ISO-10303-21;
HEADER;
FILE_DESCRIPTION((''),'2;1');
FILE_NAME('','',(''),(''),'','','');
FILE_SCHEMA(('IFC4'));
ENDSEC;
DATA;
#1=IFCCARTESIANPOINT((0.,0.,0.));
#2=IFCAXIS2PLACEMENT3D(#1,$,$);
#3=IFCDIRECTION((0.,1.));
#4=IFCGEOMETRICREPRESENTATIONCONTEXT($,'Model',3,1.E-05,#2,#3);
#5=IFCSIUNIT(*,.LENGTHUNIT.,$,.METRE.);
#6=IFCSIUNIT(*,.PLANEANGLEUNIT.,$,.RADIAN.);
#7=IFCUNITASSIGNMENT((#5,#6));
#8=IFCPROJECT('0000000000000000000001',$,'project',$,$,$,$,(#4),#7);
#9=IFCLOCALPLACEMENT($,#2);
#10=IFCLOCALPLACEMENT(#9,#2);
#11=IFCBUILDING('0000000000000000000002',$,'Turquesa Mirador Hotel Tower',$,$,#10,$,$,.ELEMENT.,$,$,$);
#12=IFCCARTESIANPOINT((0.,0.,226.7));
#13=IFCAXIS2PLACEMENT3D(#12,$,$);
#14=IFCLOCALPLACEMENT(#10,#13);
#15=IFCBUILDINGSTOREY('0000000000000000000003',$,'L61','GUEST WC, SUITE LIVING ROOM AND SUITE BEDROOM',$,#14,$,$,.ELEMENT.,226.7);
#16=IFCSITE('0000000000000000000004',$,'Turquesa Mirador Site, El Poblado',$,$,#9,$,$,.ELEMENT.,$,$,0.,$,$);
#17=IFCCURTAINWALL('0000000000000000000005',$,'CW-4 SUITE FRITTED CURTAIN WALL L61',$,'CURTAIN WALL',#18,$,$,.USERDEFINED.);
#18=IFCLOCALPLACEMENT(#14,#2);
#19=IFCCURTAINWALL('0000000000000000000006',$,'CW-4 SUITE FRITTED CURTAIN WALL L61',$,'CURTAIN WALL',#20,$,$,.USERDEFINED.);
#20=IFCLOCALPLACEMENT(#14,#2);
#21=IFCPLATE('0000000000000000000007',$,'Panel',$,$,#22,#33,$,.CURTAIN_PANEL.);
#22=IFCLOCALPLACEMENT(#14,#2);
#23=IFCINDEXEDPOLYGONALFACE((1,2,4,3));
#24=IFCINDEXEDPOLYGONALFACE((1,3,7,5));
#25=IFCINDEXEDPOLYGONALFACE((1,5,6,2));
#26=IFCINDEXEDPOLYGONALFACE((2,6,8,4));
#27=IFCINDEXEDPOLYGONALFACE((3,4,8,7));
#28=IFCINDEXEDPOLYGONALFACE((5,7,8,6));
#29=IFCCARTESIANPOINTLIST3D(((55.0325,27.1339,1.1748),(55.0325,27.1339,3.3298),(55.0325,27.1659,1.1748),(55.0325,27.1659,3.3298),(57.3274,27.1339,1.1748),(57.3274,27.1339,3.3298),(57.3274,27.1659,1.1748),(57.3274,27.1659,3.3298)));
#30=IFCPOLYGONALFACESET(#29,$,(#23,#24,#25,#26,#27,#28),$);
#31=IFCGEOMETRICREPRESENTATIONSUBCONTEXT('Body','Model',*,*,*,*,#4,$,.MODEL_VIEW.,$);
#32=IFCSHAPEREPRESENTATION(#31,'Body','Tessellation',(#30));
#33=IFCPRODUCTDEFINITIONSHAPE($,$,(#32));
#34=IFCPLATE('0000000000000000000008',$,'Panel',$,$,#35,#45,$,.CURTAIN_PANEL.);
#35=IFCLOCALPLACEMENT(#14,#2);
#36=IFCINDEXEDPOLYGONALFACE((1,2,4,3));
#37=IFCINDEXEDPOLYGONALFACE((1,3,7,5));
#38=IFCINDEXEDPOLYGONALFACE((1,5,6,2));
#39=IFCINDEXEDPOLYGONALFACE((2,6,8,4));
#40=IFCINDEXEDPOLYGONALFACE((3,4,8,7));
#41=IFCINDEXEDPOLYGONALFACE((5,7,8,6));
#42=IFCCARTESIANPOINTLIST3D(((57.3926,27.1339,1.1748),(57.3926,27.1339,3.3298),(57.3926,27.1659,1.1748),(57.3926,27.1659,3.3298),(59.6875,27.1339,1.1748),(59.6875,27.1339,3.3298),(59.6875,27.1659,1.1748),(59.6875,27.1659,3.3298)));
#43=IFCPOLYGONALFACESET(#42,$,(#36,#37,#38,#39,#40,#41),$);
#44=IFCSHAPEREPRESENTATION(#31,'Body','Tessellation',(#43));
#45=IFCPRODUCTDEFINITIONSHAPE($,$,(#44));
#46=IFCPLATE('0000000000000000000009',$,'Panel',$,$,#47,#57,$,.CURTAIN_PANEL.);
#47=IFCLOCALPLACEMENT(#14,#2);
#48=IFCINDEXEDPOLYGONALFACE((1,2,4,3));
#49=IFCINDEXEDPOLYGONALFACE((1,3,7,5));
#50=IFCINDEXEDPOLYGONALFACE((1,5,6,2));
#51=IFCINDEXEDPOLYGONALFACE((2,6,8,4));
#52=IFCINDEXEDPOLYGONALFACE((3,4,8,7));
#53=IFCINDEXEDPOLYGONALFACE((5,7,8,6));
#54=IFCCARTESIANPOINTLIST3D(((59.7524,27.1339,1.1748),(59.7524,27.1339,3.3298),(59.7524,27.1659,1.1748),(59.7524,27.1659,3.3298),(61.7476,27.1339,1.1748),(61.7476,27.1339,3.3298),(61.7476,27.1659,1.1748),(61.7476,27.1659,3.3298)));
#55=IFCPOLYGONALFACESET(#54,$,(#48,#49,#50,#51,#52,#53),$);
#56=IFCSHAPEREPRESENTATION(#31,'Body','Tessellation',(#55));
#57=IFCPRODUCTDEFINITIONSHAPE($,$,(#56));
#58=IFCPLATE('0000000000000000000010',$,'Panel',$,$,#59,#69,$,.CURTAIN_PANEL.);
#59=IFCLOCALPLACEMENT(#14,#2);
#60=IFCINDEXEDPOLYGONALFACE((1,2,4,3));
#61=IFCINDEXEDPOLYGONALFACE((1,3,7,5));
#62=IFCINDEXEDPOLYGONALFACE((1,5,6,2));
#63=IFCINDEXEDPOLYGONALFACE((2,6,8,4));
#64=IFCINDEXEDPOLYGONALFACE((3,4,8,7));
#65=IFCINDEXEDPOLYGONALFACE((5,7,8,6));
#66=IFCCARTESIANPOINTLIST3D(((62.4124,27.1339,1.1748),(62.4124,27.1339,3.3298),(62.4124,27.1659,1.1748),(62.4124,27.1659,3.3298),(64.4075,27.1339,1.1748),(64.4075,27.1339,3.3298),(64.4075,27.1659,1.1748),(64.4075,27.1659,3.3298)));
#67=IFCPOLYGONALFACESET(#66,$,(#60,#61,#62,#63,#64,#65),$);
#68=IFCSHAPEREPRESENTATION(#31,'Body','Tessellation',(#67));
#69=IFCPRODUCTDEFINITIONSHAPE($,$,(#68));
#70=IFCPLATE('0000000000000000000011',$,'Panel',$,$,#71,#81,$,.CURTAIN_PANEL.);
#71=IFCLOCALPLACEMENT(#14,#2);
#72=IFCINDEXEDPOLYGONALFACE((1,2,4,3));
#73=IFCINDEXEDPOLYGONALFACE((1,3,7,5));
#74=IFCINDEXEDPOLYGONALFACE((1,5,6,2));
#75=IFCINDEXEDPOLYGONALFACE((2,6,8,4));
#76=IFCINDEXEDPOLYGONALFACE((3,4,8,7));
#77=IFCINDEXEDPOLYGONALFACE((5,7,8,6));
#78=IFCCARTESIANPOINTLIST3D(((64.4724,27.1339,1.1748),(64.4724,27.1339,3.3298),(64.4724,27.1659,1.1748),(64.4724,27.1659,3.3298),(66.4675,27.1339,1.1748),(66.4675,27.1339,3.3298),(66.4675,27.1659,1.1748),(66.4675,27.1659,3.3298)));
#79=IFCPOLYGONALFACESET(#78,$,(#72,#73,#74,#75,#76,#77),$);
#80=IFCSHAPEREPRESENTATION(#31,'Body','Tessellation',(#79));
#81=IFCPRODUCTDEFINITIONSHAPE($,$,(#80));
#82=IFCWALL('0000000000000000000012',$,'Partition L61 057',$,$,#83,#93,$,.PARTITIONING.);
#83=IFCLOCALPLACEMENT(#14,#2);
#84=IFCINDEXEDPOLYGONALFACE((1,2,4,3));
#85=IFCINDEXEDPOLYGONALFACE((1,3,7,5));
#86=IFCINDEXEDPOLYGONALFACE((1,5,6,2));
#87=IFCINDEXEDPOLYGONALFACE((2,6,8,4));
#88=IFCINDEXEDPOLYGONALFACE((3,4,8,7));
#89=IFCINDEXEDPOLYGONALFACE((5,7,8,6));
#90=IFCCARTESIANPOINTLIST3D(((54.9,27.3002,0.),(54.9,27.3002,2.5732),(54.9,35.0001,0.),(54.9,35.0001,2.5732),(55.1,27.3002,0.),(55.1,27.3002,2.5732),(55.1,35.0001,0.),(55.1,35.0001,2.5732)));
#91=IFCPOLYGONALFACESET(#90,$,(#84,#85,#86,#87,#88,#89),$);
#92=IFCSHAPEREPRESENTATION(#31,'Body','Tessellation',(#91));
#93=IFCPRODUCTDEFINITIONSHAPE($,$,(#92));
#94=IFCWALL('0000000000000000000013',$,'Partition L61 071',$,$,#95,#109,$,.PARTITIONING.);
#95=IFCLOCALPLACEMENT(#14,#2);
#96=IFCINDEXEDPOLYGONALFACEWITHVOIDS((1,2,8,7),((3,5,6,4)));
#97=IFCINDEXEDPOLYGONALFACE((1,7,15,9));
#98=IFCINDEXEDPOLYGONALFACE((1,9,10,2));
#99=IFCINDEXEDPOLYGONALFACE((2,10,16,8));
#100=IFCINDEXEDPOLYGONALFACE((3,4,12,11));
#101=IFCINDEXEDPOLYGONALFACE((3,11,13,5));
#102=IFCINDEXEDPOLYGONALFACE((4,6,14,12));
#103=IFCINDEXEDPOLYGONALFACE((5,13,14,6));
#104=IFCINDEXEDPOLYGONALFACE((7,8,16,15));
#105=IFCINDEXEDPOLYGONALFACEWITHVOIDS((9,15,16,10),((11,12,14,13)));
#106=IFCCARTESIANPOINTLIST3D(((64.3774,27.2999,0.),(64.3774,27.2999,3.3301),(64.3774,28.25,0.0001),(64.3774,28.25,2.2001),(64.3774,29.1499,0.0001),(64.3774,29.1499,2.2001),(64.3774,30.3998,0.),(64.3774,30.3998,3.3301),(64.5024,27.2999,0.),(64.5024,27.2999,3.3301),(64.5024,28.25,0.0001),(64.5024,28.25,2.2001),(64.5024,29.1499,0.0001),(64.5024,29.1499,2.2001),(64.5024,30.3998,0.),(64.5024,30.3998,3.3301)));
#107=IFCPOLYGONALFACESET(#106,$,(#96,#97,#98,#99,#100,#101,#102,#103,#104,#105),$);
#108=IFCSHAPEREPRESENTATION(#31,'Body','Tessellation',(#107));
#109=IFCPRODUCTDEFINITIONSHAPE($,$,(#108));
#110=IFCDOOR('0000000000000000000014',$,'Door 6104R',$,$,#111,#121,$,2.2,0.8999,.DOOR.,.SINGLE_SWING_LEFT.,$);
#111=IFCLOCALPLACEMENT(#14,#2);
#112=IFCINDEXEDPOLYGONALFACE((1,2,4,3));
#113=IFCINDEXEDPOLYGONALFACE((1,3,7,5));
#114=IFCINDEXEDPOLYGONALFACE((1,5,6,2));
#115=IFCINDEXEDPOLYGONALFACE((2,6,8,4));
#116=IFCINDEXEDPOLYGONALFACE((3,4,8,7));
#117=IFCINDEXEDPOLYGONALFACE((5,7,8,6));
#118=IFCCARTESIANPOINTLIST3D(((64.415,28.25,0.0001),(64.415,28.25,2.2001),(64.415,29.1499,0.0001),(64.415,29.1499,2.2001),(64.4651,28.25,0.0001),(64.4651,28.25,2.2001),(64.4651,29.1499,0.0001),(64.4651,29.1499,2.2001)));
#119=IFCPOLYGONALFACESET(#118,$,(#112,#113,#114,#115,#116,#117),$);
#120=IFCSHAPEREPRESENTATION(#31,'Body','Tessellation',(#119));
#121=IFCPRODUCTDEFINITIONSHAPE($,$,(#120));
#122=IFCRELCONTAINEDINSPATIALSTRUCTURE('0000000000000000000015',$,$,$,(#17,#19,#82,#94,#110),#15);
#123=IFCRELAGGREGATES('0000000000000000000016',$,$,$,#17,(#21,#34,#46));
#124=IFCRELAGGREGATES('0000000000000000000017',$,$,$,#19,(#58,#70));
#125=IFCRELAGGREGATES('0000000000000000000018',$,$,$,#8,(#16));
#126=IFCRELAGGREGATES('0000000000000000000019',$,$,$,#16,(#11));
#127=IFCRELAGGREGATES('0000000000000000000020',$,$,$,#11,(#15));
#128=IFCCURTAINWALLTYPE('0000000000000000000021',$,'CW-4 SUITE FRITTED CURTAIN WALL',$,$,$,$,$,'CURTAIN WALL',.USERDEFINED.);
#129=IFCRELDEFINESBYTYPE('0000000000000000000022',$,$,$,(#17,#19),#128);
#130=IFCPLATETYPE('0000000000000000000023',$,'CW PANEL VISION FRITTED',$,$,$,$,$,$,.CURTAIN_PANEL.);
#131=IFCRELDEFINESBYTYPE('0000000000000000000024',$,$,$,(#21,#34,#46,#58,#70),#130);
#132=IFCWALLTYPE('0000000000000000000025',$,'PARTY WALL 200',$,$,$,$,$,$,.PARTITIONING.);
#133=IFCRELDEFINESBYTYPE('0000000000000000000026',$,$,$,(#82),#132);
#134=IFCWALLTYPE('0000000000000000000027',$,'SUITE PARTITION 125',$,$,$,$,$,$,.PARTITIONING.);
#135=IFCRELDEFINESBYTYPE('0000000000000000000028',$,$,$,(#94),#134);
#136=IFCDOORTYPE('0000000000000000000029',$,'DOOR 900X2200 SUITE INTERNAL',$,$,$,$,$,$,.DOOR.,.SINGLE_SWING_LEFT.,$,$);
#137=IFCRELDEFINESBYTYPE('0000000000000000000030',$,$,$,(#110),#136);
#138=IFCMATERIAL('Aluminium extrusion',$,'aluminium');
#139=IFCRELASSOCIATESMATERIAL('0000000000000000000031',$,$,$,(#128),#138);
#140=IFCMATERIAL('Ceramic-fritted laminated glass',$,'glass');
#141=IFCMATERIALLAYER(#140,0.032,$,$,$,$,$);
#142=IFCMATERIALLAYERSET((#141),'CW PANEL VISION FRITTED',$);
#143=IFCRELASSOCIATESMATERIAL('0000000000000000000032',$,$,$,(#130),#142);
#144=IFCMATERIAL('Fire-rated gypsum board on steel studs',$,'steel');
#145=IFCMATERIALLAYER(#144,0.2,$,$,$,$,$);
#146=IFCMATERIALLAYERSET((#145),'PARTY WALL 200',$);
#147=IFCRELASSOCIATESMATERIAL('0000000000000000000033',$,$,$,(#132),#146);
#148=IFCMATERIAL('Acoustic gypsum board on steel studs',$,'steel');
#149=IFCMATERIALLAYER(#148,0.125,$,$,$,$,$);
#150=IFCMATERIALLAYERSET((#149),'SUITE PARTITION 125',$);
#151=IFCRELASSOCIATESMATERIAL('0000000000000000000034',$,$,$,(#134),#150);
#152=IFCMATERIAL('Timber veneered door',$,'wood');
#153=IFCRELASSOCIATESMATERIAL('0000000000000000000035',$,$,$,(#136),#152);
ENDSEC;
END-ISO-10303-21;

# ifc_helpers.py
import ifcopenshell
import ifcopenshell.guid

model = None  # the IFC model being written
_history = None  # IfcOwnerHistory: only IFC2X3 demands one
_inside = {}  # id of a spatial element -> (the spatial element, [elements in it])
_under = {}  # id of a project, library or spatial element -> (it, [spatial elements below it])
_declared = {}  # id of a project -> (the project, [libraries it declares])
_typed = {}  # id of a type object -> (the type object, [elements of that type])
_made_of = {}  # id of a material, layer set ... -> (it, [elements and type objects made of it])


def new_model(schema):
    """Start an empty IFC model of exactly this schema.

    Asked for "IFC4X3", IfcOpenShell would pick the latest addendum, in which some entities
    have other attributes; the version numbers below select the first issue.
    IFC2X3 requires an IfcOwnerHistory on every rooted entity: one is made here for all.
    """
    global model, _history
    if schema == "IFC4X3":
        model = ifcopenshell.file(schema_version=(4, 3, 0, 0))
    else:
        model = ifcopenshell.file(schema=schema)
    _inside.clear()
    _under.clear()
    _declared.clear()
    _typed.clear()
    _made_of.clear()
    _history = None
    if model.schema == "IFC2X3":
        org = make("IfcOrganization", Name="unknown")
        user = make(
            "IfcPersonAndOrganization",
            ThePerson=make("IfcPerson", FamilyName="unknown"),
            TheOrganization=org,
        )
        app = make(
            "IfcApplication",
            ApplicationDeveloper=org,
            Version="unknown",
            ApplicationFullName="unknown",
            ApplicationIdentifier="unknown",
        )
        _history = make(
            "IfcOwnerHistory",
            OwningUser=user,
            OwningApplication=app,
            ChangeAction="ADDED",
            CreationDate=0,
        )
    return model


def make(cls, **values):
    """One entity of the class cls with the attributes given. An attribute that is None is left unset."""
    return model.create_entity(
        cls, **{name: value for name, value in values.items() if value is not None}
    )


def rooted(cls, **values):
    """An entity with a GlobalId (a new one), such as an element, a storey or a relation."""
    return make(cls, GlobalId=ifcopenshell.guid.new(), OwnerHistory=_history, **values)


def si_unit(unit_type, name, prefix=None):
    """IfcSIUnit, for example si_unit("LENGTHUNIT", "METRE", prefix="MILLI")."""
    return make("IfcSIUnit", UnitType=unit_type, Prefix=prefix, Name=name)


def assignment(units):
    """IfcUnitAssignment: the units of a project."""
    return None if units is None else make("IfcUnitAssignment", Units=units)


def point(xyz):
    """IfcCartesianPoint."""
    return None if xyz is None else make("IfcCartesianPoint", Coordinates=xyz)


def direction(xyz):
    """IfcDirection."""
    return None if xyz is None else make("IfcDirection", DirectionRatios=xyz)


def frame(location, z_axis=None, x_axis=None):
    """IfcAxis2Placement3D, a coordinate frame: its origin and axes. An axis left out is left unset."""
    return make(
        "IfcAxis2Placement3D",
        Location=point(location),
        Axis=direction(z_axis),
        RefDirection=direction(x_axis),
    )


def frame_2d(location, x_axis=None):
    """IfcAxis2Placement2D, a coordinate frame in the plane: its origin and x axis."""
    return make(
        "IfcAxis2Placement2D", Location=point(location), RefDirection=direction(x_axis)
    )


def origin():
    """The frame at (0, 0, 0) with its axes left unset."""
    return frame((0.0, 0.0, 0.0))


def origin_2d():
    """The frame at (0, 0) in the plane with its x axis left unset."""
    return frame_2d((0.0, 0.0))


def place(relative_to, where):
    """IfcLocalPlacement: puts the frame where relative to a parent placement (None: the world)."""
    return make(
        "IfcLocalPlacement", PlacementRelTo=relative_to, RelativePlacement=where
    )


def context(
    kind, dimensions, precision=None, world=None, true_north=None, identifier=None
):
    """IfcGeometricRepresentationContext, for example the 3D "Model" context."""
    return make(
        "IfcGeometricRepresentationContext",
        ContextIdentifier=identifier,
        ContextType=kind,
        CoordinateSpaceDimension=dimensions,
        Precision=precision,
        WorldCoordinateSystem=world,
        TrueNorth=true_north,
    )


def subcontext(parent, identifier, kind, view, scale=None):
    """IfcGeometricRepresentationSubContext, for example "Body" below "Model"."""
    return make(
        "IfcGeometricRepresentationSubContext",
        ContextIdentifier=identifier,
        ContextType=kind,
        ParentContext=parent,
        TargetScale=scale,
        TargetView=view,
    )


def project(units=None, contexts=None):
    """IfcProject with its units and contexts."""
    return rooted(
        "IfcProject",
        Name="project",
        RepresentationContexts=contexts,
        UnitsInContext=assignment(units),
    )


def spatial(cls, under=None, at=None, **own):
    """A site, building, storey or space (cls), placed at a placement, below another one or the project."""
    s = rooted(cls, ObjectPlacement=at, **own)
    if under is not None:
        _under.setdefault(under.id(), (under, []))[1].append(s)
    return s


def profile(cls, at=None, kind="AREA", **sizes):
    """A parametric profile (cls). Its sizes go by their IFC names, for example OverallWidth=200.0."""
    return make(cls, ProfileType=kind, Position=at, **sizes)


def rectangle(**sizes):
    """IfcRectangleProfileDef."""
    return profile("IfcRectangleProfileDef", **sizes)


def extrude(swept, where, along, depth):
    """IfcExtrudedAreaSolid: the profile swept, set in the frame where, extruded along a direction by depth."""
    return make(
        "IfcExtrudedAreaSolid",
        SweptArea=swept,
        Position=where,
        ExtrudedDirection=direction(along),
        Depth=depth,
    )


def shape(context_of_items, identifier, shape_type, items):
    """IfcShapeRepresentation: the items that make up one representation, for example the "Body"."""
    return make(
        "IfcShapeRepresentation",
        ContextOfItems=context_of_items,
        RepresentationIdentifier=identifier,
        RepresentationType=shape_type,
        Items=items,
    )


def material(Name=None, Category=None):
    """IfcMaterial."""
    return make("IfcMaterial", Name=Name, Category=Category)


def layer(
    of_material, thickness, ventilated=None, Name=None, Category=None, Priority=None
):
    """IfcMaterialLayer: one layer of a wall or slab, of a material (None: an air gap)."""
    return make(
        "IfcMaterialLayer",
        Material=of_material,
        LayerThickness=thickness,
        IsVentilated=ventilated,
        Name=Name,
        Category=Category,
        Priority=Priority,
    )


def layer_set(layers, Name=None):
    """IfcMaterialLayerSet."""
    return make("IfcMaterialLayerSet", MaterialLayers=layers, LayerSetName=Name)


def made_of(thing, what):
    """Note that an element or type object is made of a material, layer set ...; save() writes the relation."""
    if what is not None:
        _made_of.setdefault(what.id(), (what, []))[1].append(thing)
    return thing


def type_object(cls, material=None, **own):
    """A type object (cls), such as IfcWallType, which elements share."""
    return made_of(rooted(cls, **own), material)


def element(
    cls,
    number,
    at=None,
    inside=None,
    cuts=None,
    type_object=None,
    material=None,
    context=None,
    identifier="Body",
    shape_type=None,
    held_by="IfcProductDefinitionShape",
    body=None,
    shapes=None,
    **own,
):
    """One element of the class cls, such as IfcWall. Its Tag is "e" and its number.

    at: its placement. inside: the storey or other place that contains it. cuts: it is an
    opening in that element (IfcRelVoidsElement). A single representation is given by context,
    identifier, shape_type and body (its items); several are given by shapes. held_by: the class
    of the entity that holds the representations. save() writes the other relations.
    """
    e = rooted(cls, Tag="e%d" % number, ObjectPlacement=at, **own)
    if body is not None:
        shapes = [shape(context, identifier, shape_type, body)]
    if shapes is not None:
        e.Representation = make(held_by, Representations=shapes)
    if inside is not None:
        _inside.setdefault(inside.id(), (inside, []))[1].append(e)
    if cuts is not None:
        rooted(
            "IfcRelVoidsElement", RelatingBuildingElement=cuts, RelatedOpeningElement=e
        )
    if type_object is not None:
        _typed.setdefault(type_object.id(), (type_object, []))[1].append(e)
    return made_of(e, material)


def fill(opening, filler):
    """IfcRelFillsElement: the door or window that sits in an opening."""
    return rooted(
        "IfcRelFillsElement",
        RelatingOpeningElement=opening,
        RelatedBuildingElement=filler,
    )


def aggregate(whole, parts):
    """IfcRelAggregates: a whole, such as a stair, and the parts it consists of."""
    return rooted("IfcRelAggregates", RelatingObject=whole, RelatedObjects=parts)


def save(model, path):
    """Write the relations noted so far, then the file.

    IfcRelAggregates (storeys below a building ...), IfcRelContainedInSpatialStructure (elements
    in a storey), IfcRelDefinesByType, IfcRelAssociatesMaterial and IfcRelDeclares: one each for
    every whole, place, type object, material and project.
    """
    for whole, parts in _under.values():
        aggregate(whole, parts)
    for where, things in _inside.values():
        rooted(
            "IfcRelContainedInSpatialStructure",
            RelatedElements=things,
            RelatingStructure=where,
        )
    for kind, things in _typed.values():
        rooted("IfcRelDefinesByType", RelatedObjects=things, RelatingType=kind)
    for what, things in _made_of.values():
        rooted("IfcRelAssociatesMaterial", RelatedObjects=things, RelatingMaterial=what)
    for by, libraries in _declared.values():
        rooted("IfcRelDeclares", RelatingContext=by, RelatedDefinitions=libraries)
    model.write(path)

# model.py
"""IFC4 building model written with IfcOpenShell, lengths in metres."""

from ifc_helpers import new_model, si_unit, direction, frame, frame_2d, origin, origin_2d, place, context, subcontext, project, spatial, rectangle, extrude, material, layer, layer_set, type_object, element, fill, aggregate, save


model = new_model("IFC4")

# Units and contexts
model_context = context("Model", 3, precision=1e-05, world=origin(), true_north=direction((0.0, 1.0)))
body_context = subcontext(model_context, "Body", "Model", "MODEL_VIEW")
ifc_project = project(units=[si_unit("LENGTHUNIT", "METRE"), si_unit("PLANEANGLEUNIT", "RADIAN")], contexts=[model_context])

# Site, building, storey
site_placement = place(None, origin())
site = spatial("IfcSite", under=ifc_project, at=site_placement, Name="Turquesa Mirador Site, El Poblado", CompositionType="ELEMENT", RefElevation=0.0)
building_placement = place(site_placement, origin())
building = spatial("IfcBuilding", under=site, at=building_placement, Name="Turquesa Mirador Hotel Tower", CompositionType="ELEMENT")
storey_placement = place(building_placement, frame((0.0, 0.0, 226.7)))
storey = spatial("IfcBuildingStorey", under=building, at=storey_placement, Name="L61", Description="GUEST WC, SUITE LIVING ROOM AND SUITE BEDROOM", CompositionType="ELEMENT", Elevation=226.7)

# Curtain walls
ifc_material_1 = material(Name="Aluminium extrusion", Category="aluminium")
curtain_wall_type = type_object("IfcCurtainWallType", Name="CW-4 SUITE FRITTED CURTAIN WALL", ElementType="CURTAIN WALL", PredefinedType="USERDEFINED", material=ifc_material_1)
curtain_wall_1_placement = place(storey_placement, origin())
curtain_wall_1 = element("IfcCurtainWall", 1, at=curtain_wall_1_placement, inside=storey, type_object=curtain_wall_type, Name="CW-4 SUITE FRITTED CURTAIN WALL L61", ObjectType="CURTAIN WALL", PredefinedType="USERDEFINED")
curtain_wall_2_placement = place(storey_placement, origin())
curtain_wall_2 = element("IfcCurtainWall", 2, at=curtain_wall_2_placement, inside=storey, type_object=curtain_wall_type, Name="CW-4 SUITE FRITTED CURTAIN WALL L61", ObjectType="CURTAIN WALL", PredefinedType="USERDEFINED")

# Plates
ifc_material_2 = material(Name="Ceramic-fritted laminated glass", Category="glass")
ifc_layer_1 = layer(ifc_material_2, 0.032)
ifc_layer_set_1 = layer_set([ifc_layer_1], Name="CW PANEL VISION FRITTED")
plate_type_1 = type_object("IfcPlateType", Name="CW PANEL VISION FRITTED", PredefinedType="CURTAIN_PANEL", material=ifc_layer_set_1)
plate_1_placement = place(storey_placement, frame((56.1799, 27.1499, 1.1748), z_axis=(0.0, 0.0, 1.0), x_axis=(1.0, 0.0, 0.0)))
plate_1 = element("IfcPlate", 3, at=plate_1_placement, type_object=plate_type_1, Name="Panel", PredefinedType="CURTAIN_PANEL", context=body_context, shape_type="SweptSolid", body=[
    extrude(rectangle(XDim=2.2949, YDim=0.032, at=origin_2d()), origin(), (0.0, 0.0, 1.0), 2.155),
])
plate_2_placement = place(storey_placement, frame((58.54, 27.1499, 1.1748), z_axis=(0.0, 0.0, 1.0), x_axis=(1.0, 0.0, 0.0)))
plate_2 = element("IfcPlate", 4, at=plate_2_placement, type_object=plate_type_1, Name="Panel", PredefinedType="CURTAIN_PANEL", context=body_context, shape_type="SweptSolid", body=[
    extrude(rectangle(XDim=2.2949, YDim=0.032, at=origin_2d()), origin(), (0.0, 0.0, 1.0), 2.155),
])
plate_3_placement = place(storey_placement, frame((60.75, 27.1499, 1.1748), z_axis=(0.0, 0.0, 1.0), x_axis=(1.0, 0.0, 0.0)))
plate_3 = element("IfcPlate", 5, at=plate_3_placement, type_object=plate_type_1, Name="Panel", PredefinedType="CURTAIN_PANEL", context=body_context, shape_type="SweptSolid", body=[
    extrude(rectangle(XDim=1.9951, YDim=0.032, at=origin_2d()), origin(), (0.0, 0.0, 1.0), 2.155),
])
aggregate(curtain_wall_1, [plate_1, plate_2, plate_3])
plate_4_placement = place(storey_placement, frame((63.4099, 27.1499, 1.1748), z_axis=(0.0, 0.0, 1.0), x_axis=(1.0, 0.0, 0.0)))
plate_4 = element("IfcPlate", 6, at=plate_4_placement, type_object=plate_type_1, Name="Panel", PredefinedType="CURTAIN_PANEL", context=body_context, shape_type="SweptSolid", body=[
    extrude(rectangle(XDim=1.9951, YDim=0.032, at=origin_2d()), origin(), (0.0, 0.0, 1.0), 2.155),
])
plate_5_placement = place(storey_placement, frame((65.47, 27.1499, 1.1748), z_axis=(0.0, 0.0, 1.0), x_axis=(1.0, 0.0, 0.0)))
plate_5 = element("IfcPlate", 7, at=plate_5_placement, type_object=plate_type_1, Name="Panel", PredefinedType="CURTAIN_PANEL", context=body_context, shape_type="SweptSolid", body=[
    extrude(rectangle(XDim=1.9951, YDim=0.032, at=origin_2d()), origin(), (0.0, 0.0, 1.0), 2.155),
])
aggregate(curtain_wall_2, [plate_4, plate_5])

# Wall
ifc_material_3 = material(Name="Fire-rated gypsum board on steel studs", Category="steel")
ifc_layer_2 = layer(ifc_material_3, 0.2)
ifc_layer_set_2 = layer_set([ifc_layer_2], Name="PARTY WALL 200")
wall_type_1 = type_object("IfcWallType", Name="PARTY WALL 200", PredefinedType="PARTITIONING", material=ifc_layer_set_2)
wall_1_placement = place(storey_placement, frame((55.0, 27.3, 0.0), z_axis=(0.0, 0.0, 1.0), x_axis=(0.0, 1.0, 0.0)))
element("IfcWall", 8, at=wall_1_placement, inside=storey, type_object=wall_type_1, Name="Partition L61 057", PredefinedType="PARTITIONING", context=body_context, shape_type="SweptSolid", body=[
    extrude(rectangle(XDim=7.7, YDim=0.2, at=frame_2d((3.8501, 0.0))), origin(), (0.0, 0.0, 1.0), 2.5732),
])

# Wall, opening, door
ifc_material_4 = material(Name="Acoustic gypsum board on steel studs", Category="steel")
ifc_layer_3 = layer(ifc_material_4, 0.125)
ifc_layer_set_3 = layer_set([ifc_layer_3], Name="SUITE PARTITION 125")
wall_type_2 = type_object("IfcWallType", Name="SUITE PARTITION 125", PredefinedType="PARTITIONING", material=ifc_layer_set_3)
wall_2_placement = place(storey_placement, frame((64.4399, 27.3, 0.0), z_axis=(0.0, 0.0, 1.0), x_axis=(0.0, 1.0, 0.0)))
wall_2 = element("IfcWall", 9, at=wall_2_placement, inside=storey, type_object=wall_type_2, Name="Partition L61 071", PredefinedType="PARTITIONING", context=body_context, shape_type="SweptSolid", body=[
    extrude(rectangle(XDim=3.0999, YDim=0.125, at=frame_2d((1.5498, 0.0))), origin(), (0.0, 0.0, 1.0), 3.3301),
])
opening_placement = place(wall_2_placement, frame((0.95, 0.0, 0.0)))
opening = element("IfcOpeningElement", 10, at=opening_placement, cuts=wall_2, PredefinedType="OPENING", context=body_context, shape_type="SweptSolid", body=[
    extrude(rectangle(XDim=0.8999, YDim=2.2, at=frame_2d((0.45, 1.1001))), frame((0.0, 0.0725, 0.0), z_axis=(0.0, -1.0, 0.0), x_axis=(1.0, 0.0, 0.0)), (0.0, 0.0, 1.0), 0.145),
])
ifc_material_5 = material(Name="Timber veneered door", Category="wood")
door_type = type_object("IfcDoorType", Name="DOOR 900X2200 SUITE INTERNAL", OperationType="SINGLE_SWING_LEFT", PredefinedType="DOOR", material=ifc_material_5)
door_placement = place(opening_placement, origin())
door = element("IfcDoor", 11, at=door_placement, inside=storey, type_object=door_type, Name="Door 6104R", OperationType="SINGLE_SWING_LEFT", OverallHeight=2.2, OverallWidth=0.8999, PredefinedType="DOOR", context=body_context, shape_type="SweptSolid", body=[
    extrude(rectangle(XDim=0.8999, YDim=2.2, at=frame_2d((0.45, 1.1001))), frame((0.0, 0.0249, 0.0), z_axis=(0.0, -1.0, 0.0), x_axis=(1.0, 0.0, 0.0)), (0.0, 0.0, 1.0), 0.05),
])
fill(opening, door)

save(model, "model.ifc")
